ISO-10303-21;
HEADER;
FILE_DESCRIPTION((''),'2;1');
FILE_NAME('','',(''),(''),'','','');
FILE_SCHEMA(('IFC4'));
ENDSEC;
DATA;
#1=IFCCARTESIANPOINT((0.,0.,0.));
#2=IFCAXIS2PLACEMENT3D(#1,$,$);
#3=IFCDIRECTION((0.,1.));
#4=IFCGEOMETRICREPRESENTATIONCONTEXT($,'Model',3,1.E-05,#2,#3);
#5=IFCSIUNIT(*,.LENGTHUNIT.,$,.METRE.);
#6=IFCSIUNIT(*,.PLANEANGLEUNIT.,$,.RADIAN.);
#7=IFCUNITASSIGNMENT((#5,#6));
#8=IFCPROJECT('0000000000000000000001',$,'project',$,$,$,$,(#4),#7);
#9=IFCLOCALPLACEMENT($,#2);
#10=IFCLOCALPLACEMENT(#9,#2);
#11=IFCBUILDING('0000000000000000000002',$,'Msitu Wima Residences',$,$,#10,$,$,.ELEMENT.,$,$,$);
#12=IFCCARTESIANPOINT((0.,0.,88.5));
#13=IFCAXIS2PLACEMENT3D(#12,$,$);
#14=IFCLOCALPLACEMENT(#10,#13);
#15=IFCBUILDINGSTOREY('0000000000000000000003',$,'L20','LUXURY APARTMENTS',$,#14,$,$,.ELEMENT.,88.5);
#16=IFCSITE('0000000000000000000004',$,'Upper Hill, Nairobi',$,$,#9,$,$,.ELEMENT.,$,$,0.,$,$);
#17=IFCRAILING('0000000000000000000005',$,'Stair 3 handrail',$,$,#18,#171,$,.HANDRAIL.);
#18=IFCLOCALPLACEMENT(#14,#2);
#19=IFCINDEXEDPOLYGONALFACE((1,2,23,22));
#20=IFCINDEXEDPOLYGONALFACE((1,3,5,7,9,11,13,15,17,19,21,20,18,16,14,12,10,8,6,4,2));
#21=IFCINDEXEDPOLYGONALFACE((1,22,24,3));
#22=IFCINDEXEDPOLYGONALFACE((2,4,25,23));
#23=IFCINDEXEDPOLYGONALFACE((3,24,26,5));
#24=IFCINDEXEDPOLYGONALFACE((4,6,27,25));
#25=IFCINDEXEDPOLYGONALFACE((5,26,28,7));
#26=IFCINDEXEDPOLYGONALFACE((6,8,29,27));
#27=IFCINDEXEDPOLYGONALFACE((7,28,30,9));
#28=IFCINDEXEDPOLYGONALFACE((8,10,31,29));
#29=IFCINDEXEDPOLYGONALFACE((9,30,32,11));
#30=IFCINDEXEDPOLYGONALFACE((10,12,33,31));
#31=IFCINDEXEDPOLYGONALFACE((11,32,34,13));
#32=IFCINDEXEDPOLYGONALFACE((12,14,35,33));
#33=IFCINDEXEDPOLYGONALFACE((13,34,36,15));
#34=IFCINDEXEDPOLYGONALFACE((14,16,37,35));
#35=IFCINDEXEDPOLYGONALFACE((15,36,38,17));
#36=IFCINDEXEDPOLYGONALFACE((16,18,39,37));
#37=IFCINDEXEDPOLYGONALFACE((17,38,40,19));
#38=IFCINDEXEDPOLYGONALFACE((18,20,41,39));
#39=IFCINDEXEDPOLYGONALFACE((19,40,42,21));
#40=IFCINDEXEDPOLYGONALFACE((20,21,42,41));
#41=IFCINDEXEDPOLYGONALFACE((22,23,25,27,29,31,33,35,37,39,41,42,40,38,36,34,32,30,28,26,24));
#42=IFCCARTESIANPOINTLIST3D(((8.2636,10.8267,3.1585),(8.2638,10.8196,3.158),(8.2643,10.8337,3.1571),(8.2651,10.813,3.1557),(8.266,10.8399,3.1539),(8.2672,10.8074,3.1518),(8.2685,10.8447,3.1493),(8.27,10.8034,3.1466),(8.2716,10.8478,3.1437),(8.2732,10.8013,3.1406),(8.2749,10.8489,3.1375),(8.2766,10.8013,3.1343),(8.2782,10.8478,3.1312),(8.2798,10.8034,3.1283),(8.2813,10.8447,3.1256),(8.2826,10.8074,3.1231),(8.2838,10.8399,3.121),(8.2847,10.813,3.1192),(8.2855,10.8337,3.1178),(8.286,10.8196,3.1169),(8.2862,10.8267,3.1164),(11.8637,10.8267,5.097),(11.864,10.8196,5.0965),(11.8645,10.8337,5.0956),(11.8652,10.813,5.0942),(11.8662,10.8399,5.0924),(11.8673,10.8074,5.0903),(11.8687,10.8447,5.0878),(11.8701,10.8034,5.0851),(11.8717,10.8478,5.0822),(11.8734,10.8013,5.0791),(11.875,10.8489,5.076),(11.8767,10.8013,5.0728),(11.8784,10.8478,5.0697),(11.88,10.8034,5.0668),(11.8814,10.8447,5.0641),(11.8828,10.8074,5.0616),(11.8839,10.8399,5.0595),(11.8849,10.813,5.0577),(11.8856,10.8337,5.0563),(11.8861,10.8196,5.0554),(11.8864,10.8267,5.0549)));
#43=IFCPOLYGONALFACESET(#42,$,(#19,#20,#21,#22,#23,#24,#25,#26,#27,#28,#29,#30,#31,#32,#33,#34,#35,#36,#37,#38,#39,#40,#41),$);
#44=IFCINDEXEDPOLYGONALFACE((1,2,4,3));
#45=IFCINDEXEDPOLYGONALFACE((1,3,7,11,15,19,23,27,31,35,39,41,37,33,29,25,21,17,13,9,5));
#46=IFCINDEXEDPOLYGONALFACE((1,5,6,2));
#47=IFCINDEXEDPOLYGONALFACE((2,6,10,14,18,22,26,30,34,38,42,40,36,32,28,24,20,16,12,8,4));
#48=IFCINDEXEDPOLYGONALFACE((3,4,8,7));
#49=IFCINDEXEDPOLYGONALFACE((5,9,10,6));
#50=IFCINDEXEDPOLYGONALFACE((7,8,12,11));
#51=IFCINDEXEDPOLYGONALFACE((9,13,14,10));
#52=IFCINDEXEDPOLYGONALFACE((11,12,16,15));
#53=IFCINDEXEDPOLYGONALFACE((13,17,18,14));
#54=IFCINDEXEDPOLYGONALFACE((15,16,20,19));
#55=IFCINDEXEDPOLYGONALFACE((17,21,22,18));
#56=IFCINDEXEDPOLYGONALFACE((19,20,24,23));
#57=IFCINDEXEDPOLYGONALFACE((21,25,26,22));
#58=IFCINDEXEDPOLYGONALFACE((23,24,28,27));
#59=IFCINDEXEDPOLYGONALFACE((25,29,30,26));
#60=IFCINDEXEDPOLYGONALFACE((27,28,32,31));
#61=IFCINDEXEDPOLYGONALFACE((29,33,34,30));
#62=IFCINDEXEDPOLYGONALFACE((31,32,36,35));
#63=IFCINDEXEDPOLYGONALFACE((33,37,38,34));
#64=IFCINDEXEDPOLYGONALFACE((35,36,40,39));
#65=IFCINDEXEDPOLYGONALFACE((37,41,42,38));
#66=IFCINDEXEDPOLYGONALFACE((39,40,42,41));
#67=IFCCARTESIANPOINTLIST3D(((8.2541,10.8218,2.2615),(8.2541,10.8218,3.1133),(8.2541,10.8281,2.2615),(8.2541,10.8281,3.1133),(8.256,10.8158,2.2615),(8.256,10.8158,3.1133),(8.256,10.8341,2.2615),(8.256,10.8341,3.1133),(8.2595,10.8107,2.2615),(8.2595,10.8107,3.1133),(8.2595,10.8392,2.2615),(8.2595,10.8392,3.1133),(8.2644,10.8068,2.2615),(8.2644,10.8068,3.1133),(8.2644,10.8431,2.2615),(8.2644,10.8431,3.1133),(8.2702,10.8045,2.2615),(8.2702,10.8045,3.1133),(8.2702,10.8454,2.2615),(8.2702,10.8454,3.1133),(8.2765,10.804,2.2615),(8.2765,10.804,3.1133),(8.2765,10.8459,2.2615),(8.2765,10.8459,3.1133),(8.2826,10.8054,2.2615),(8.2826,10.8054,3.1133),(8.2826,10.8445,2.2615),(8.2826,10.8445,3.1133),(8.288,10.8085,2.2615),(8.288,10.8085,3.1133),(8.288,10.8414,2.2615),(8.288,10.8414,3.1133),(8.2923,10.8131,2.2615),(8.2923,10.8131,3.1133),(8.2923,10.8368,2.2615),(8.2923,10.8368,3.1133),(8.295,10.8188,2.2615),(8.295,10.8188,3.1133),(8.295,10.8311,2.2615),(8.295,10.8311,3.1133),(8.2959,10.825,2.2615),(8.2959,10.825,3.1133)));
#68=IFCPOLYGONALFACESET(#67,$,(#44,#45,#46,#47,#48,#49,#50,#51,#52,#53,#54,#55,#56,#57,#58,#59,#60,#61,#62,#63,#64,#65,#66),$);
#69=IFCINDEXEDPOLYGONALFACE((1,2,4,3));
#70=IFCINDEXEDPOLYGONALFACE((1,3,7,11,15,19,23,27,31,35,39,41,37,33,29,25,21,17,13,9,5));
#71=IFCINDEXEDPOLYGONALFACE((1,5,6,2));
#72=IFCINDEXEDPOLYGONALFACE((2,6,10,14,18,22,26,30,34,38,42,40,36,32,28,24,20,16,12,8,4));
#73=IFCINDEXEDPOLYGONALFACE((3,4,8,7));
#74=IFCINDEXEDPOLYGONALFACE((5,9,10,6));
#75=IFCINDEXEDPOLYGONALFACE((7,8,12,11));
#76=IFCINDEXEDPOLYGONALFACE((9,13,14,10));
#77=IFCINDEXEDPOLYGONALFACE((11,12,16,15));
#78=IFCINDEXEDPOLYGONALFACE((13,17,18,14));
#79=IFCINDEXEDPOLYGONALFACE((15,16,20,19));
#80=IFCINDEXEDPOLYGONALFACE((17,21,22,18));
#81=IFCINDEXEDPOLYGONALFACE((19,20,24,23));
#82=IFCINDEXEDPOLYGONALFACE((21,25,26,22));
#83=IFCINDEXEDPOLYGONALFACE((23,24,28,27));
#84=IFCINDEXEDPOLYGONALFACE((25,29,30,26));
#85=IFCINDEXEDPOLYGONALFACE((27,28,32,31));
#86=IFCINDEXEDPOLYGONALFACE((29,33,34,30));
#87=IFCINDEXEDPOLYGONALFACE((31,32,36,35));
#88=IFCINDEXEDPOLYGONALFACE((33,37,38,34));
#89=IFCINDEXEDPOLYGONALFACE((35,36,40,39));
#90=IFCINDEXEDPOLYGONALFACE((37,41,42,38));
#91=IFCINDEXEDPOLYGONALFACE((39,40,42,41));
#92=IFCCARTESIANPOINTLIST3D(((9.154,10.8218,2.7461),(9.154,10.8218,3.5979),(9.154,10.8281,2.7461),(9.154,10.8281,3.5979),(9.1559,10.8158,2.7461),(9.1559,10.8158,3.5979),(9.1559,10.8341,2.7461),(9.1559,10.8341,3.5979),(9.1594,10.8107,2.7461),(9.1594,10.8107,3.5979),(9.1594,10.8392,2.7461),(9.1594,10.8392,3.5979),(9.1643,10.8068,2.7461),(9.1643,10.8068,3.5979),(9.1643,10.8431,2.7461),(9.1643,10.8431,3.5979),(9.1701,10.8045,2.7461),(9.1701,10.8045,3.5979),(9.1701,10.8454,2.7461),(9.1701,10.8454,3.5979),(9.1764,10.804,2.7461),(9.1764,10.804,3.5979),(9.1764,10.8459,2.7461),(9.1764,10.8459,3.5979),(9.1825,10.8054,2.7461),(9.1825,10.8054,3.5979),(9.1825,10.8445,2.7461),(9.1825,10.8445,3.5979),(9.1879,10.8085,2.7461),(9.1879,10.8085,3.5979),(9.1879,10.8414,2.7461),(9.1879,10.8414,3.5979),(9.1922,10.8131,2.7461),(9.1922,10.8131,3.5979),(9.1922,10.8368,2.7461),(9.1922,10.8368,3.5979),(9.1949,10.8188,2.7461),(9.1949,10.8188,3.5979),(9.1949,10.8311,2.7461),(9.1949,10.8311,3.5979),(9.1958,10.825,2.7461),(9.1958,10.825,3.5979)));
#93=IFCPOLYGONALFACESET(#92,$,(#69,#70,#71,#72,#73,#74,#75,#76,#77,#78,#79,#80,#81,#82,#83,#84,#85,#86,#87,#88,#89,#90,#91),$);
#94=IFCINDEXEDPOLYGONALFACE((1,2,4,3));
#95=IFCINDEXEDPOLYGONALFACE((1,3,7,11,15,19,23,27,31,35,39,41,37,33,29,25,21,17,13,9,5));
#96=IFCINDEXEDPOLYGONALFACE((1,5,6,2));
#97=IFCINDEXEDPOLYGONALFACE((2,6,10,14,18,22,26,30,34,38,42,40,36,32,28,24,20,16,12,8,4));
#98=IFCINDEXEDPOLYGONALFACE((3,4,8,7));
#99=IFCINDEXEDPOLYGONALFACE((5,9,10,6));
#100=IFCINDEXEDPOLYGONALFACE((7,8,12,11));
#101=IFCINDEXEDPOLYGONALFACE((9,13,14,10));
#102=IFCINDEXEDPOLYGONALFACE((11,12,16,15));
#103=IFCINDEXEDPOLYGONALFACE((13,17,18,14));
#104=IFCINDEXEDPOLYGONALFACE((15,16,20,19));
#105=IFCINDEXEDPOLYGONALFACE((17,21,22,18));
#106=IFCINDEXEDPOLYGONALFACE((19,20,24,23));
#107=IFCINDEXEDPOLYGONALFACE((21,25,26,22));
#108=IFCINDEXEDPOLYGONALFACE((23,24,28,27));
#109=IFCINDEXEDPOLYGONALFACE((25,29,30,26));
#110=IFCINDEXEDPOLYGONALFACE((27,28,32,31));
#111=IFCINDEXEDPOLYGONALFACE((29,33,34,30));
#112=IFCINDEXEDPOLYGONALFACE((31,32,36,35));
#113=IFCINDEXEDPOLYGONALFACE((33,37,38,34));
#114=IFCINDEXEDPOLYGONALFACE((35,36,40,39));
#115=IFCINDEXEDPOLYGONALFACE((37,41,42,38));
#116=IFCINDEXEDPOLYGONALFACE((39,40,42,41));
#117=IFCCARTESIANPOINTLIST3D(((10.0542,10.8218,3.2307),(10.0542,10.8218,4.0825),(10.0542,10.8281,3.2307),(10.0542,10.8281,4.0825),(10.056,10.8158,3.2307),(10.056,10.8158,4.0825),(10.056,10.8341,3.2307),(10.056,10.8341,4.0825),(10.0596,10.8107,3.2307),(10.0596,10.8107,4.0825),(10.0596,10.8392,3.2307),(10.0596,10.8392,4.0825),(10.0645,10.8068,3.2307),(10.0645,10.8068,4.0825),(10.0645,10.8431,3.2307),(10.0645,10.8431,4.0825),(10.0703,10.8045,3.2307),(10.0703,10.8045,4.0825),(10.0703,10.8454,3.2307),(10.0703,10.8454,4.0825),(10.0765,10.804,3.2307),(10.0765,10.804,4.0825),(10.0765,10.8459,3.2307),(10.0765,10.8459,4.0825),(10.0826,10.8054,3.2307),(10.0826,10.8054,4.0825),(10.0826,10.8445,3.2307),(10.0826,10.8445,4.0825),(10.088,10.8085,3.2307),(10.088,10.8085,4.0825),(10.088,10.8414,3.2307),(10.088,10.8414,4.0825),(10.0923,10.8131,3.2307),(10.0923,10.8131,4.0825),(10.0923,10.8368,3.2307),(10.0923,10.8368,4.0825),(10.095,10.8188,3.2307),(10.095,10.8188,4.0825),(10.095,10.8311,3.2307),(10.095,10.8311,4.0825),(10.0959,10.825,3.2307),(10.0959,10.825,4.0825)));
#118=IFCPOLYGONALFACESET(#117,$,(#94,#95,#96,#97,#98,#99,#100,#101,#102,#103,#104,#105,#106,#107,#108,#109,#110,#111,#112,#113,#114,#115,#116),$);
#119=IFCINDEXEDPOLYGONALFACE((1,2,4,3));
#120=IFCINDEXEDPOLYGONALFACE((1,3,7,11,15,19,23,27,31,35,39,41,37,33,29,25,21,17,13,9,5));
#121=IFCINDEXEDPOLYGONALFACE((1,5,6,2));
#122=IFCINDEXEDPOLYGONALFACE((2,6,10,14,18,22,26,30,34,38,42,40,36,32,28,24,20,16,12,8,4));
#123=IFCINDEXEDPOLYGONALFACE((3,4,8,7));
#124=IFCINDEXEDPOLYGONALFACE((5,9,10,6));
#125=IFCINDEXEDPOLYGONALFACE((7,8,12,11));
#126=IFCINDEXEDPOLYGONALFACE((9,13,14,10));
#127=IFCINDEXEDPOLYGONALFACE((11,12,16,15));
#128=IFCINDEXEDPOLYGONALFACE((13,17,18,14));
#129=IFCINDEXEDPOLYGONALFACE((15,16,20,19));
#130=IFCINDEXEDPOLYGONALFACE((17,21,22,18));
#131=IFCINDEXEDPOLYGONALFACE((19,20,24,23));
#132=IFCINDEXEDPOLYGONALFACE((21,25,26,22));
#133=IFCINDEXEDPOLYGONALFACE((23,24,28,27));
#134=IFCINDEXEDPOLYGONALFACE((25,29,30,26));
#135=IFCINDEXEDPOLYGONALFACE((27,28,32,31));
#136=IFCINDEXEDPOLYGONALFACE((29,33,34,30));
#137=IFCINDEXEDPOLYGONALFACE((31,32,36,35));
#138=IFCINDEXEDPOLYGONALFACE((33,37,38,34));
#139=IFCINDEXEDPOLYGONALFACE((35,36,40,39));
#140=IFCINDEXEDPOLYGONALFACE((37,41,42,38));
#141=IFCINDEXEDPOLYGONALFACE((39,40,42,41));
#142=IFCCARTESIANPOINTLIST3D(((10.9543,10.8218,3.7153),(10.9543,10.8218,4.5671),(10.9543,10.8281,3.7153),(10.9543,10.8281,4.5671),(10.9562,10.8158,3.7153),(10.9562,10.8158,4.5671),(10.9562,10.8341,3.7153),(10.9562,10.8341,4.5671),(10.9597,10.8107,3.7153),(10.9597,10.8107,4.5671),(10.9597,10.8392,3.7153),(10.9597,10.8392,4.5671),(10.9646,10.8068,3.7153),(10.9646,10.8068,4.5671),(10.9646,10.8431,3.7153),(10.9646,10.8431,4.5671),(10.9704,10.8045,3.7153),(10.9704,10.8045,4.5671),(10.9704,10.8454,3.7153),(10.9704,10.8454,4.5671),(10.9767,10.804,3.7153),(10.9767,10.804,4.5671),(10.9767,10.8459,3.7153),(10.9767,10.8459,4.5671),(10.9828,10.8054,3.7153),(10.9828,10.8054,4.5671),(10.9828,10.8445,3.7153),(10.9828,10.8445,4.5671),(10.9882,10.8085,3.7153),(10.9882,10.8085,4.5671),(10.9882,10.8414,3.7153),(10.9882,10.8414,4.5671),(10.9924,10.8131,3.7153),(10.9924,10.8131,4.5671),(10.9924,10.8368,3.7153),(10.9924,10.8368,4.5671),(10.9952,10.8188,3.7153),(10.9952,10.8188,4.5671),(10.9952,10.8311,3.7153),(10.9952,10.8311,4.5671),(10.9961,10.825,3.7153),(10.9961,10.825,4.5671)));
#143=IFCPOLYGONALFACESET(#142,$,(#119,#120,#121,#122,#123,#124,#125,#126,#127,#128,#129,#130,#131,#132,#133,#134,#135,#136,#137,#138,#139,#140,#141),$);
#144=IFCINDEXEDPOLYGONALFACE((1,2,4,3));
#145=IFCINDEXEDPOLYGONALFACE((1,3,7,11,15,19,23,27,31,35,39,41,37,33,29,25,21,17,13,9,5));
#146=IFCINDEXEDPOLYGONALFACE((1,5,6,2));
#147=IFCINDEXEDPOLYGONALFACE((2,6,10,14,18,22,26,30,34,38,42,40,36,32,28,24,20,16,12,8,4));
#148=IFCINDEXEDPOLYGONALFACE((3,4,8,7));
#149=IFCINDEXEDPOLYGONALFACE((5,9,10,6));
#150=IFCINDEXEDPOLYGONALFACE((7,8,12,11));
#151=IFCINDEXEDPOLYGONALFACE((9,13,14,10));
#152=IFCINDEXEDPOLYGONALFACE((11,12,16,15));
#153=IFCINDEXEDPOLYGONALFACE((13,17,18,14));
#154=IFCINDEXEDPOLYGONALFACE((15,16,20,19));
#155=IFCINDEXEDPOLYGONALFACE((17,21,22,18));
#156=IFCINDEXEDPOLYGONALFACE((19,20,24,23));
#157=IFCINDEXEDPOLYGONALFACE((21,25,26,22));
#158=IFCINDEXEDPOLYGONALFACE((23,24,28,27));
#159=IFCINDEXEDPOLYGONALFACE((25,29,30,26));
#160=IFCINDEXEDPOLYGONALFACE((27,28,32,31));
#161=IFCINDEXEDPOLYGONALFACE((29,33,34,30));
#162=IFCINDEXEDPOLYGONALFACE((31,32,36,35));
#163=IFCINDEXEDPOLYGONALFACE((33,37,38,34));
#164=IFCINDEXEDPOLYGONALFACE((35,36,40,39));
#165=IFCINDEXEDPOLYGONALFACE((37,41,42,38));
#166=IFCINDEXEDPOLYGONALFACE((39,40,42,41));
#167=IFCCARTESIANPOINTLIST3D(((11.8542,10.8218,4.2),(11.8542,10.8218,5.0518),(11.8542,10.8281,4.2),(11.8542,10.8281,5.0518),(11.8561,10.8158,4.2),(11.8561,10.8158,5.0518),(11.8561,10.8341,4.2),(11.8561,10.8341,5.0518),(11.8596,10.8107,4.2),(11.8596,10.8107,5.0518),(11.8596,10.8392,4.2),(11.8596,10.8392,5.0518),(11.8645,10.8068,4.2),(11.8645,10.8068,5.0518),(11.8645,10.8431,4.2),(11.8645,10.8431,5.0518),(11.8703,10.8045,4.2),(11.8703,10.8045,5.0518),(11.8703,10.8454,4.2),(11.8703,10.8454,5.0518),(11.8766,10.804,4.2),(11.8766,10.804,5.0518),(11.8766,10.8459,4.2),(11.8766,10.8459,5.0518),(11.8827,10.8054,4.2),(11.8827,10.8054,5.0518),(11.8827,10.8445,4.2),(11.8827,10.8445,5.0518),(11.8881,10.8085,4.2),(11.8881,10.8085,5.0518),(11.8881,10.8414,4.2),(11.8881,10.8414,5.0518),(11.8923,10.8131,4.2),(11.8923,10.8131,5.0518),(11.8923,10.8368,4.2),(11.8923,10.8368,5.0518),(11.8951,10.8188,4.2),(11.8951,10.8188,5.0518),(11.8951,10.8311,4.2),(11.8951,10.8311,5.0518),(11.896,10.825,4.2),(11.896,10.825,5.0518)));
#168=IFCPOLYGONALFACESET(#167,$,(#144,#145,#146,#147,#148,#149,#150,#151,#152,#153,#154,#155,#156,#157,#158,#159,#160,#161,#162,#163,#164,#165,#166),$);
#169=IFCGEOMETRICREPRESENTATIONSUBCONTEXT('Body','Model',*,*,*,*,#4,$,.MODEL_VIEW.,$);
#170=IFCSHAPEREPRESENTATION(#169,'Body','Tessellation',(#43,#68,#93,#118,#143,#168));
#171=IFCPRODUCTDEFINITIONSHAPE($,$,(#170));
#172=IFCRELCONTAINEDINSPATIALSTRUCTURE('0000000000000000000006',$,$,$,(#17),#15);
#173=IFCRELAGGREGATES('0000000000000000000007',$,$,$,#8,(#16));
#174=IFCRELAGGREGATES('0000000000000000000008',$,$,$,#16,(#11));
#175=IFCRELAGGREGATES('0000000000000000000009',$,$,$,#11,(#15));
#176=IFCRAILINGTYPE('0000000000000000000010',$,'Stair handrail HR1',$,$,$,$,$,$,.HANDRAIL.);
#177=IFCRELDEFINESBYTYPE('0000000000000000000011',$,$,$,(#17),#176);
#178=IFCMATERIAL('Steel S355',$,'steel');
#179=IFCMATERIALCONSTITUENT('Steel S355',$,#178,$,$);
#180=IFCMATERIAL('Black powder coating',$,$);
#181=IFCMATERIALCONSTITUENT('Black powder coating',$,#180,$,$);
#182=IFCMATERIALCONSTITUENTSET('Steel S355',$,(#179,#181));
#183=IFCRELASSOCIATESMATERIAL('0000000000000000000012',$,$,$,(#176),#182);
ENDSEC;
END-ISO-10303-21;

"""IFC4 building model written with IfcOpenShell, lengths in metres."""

from ifc_helpers import new_model, si_unit, direction, frame, origin, origin_2d, place, context, subcontext, project, spatial, circle, extrude, material, constituent, constituent_set, type_object, element, save


model = new_model("IFC4")

# Units and contexts
model_context = context("Model", 3, precision=1e-05, world=origin(), true_north=direction((0.0, 1.0)))
body_context = subcontext(model_context, "Body", "Model", "MODEL_VIEW")
ifc_project = project(units=[si_unit("LENGTHUNIT", "METRE"), si_unit("PLANEANGLEUNIT", "RADIAN")], contexts=[model_context])

# Site, building, storey
site_placement = place(None, origin())
site = spatial("IfcSite", under=ifc_project, at=site_placement, Name="Upper Hill, Nairobi", CompositionType="ELEMENT", RefElevation=0.0)
building_placement = place(site_placement, origin())
building = spatial("IfcBuilding", under=site, at=building_placement, Name="Msitu Wima Residences", CompositionType="ELEMENT")
storey_placement = place(building_placement, frame((0.0, 0.0, 88.5)))
storey = spatial("IfcBuildingStorey", under=building, at=storey_placement, Name="L20", Description="LUXURY APARTMENTS", CompositionType="ELEMENT", Elevation=88.5)

# Railing
ifc_material_1 = material(Name="Steel S355", Category="steel")
ifc_constituent_1 = constituent(ifc_material_1, Name="Steel S355")
ifc_material_2 = material(Name="Black powder coating")
ifc_constituent_2 = constituent(ifc_material_2, Name="Black powder coating")
ifc_constituent_set = constituent_set(constituents=[ifc_constituent_1, ifc_constituent_2], Name="Steel S355")
railing_type = type_object("IfcRailingType", Name="Stair handrail HR1", PredefinedType="HANDRAIL", material=ifc_constituent_set)
for number, where, name in (
    (1, (8.2749, 10.825, 2.2615), "Stair 3 handrail"),
):
    element("IfcRailing", number, at=place(storey_placement, frame(where)), inside=storey, type_object=railing_type, Name=name, PredefinedType="HANDRAIL", context=body_context, shape_type="SweptSolid", body=[
        extrude(circle(Radius=0.0239, at=origin_2d()), frame((0.0, 0.0, 0.876), z_axis=(0.880475, 0.0, 0.474093), x_axis=(0.0, 1.0, 0.0)), (0.0, 0.0, 1.0), 4.0889),
        extrude(circle(Radius=0.021, at=origin_2d()), origin(), (0.0, 0.0, 1.0), 0.8518),
        extrude(circle(Radius=0.021, at=origin_2d()), frame((0.8999, 0.0, 0.4846)), (0.0, 0.0, 1.0), 0.8518),
        extrude(circle(Radius=0.021, at=origin_2d()), frame((1.8, 0.0, 0.9692)), (0.0, 0.0, 1.0), 0.8518),
        extrude(circle(Radius=0.021, at=origin_2d()), frame((2.7002, 0.0, 1.4539)), (0.0, 0.0, 1.0), 0.8518),
        extrude(circle(Radius=0.021, at=origin_2d()), frame((3.6001, 0.0, 1.9385)), (0.0, 0.0, 1.0), 0.8518),
    ])

save(model, "model.ifc")
